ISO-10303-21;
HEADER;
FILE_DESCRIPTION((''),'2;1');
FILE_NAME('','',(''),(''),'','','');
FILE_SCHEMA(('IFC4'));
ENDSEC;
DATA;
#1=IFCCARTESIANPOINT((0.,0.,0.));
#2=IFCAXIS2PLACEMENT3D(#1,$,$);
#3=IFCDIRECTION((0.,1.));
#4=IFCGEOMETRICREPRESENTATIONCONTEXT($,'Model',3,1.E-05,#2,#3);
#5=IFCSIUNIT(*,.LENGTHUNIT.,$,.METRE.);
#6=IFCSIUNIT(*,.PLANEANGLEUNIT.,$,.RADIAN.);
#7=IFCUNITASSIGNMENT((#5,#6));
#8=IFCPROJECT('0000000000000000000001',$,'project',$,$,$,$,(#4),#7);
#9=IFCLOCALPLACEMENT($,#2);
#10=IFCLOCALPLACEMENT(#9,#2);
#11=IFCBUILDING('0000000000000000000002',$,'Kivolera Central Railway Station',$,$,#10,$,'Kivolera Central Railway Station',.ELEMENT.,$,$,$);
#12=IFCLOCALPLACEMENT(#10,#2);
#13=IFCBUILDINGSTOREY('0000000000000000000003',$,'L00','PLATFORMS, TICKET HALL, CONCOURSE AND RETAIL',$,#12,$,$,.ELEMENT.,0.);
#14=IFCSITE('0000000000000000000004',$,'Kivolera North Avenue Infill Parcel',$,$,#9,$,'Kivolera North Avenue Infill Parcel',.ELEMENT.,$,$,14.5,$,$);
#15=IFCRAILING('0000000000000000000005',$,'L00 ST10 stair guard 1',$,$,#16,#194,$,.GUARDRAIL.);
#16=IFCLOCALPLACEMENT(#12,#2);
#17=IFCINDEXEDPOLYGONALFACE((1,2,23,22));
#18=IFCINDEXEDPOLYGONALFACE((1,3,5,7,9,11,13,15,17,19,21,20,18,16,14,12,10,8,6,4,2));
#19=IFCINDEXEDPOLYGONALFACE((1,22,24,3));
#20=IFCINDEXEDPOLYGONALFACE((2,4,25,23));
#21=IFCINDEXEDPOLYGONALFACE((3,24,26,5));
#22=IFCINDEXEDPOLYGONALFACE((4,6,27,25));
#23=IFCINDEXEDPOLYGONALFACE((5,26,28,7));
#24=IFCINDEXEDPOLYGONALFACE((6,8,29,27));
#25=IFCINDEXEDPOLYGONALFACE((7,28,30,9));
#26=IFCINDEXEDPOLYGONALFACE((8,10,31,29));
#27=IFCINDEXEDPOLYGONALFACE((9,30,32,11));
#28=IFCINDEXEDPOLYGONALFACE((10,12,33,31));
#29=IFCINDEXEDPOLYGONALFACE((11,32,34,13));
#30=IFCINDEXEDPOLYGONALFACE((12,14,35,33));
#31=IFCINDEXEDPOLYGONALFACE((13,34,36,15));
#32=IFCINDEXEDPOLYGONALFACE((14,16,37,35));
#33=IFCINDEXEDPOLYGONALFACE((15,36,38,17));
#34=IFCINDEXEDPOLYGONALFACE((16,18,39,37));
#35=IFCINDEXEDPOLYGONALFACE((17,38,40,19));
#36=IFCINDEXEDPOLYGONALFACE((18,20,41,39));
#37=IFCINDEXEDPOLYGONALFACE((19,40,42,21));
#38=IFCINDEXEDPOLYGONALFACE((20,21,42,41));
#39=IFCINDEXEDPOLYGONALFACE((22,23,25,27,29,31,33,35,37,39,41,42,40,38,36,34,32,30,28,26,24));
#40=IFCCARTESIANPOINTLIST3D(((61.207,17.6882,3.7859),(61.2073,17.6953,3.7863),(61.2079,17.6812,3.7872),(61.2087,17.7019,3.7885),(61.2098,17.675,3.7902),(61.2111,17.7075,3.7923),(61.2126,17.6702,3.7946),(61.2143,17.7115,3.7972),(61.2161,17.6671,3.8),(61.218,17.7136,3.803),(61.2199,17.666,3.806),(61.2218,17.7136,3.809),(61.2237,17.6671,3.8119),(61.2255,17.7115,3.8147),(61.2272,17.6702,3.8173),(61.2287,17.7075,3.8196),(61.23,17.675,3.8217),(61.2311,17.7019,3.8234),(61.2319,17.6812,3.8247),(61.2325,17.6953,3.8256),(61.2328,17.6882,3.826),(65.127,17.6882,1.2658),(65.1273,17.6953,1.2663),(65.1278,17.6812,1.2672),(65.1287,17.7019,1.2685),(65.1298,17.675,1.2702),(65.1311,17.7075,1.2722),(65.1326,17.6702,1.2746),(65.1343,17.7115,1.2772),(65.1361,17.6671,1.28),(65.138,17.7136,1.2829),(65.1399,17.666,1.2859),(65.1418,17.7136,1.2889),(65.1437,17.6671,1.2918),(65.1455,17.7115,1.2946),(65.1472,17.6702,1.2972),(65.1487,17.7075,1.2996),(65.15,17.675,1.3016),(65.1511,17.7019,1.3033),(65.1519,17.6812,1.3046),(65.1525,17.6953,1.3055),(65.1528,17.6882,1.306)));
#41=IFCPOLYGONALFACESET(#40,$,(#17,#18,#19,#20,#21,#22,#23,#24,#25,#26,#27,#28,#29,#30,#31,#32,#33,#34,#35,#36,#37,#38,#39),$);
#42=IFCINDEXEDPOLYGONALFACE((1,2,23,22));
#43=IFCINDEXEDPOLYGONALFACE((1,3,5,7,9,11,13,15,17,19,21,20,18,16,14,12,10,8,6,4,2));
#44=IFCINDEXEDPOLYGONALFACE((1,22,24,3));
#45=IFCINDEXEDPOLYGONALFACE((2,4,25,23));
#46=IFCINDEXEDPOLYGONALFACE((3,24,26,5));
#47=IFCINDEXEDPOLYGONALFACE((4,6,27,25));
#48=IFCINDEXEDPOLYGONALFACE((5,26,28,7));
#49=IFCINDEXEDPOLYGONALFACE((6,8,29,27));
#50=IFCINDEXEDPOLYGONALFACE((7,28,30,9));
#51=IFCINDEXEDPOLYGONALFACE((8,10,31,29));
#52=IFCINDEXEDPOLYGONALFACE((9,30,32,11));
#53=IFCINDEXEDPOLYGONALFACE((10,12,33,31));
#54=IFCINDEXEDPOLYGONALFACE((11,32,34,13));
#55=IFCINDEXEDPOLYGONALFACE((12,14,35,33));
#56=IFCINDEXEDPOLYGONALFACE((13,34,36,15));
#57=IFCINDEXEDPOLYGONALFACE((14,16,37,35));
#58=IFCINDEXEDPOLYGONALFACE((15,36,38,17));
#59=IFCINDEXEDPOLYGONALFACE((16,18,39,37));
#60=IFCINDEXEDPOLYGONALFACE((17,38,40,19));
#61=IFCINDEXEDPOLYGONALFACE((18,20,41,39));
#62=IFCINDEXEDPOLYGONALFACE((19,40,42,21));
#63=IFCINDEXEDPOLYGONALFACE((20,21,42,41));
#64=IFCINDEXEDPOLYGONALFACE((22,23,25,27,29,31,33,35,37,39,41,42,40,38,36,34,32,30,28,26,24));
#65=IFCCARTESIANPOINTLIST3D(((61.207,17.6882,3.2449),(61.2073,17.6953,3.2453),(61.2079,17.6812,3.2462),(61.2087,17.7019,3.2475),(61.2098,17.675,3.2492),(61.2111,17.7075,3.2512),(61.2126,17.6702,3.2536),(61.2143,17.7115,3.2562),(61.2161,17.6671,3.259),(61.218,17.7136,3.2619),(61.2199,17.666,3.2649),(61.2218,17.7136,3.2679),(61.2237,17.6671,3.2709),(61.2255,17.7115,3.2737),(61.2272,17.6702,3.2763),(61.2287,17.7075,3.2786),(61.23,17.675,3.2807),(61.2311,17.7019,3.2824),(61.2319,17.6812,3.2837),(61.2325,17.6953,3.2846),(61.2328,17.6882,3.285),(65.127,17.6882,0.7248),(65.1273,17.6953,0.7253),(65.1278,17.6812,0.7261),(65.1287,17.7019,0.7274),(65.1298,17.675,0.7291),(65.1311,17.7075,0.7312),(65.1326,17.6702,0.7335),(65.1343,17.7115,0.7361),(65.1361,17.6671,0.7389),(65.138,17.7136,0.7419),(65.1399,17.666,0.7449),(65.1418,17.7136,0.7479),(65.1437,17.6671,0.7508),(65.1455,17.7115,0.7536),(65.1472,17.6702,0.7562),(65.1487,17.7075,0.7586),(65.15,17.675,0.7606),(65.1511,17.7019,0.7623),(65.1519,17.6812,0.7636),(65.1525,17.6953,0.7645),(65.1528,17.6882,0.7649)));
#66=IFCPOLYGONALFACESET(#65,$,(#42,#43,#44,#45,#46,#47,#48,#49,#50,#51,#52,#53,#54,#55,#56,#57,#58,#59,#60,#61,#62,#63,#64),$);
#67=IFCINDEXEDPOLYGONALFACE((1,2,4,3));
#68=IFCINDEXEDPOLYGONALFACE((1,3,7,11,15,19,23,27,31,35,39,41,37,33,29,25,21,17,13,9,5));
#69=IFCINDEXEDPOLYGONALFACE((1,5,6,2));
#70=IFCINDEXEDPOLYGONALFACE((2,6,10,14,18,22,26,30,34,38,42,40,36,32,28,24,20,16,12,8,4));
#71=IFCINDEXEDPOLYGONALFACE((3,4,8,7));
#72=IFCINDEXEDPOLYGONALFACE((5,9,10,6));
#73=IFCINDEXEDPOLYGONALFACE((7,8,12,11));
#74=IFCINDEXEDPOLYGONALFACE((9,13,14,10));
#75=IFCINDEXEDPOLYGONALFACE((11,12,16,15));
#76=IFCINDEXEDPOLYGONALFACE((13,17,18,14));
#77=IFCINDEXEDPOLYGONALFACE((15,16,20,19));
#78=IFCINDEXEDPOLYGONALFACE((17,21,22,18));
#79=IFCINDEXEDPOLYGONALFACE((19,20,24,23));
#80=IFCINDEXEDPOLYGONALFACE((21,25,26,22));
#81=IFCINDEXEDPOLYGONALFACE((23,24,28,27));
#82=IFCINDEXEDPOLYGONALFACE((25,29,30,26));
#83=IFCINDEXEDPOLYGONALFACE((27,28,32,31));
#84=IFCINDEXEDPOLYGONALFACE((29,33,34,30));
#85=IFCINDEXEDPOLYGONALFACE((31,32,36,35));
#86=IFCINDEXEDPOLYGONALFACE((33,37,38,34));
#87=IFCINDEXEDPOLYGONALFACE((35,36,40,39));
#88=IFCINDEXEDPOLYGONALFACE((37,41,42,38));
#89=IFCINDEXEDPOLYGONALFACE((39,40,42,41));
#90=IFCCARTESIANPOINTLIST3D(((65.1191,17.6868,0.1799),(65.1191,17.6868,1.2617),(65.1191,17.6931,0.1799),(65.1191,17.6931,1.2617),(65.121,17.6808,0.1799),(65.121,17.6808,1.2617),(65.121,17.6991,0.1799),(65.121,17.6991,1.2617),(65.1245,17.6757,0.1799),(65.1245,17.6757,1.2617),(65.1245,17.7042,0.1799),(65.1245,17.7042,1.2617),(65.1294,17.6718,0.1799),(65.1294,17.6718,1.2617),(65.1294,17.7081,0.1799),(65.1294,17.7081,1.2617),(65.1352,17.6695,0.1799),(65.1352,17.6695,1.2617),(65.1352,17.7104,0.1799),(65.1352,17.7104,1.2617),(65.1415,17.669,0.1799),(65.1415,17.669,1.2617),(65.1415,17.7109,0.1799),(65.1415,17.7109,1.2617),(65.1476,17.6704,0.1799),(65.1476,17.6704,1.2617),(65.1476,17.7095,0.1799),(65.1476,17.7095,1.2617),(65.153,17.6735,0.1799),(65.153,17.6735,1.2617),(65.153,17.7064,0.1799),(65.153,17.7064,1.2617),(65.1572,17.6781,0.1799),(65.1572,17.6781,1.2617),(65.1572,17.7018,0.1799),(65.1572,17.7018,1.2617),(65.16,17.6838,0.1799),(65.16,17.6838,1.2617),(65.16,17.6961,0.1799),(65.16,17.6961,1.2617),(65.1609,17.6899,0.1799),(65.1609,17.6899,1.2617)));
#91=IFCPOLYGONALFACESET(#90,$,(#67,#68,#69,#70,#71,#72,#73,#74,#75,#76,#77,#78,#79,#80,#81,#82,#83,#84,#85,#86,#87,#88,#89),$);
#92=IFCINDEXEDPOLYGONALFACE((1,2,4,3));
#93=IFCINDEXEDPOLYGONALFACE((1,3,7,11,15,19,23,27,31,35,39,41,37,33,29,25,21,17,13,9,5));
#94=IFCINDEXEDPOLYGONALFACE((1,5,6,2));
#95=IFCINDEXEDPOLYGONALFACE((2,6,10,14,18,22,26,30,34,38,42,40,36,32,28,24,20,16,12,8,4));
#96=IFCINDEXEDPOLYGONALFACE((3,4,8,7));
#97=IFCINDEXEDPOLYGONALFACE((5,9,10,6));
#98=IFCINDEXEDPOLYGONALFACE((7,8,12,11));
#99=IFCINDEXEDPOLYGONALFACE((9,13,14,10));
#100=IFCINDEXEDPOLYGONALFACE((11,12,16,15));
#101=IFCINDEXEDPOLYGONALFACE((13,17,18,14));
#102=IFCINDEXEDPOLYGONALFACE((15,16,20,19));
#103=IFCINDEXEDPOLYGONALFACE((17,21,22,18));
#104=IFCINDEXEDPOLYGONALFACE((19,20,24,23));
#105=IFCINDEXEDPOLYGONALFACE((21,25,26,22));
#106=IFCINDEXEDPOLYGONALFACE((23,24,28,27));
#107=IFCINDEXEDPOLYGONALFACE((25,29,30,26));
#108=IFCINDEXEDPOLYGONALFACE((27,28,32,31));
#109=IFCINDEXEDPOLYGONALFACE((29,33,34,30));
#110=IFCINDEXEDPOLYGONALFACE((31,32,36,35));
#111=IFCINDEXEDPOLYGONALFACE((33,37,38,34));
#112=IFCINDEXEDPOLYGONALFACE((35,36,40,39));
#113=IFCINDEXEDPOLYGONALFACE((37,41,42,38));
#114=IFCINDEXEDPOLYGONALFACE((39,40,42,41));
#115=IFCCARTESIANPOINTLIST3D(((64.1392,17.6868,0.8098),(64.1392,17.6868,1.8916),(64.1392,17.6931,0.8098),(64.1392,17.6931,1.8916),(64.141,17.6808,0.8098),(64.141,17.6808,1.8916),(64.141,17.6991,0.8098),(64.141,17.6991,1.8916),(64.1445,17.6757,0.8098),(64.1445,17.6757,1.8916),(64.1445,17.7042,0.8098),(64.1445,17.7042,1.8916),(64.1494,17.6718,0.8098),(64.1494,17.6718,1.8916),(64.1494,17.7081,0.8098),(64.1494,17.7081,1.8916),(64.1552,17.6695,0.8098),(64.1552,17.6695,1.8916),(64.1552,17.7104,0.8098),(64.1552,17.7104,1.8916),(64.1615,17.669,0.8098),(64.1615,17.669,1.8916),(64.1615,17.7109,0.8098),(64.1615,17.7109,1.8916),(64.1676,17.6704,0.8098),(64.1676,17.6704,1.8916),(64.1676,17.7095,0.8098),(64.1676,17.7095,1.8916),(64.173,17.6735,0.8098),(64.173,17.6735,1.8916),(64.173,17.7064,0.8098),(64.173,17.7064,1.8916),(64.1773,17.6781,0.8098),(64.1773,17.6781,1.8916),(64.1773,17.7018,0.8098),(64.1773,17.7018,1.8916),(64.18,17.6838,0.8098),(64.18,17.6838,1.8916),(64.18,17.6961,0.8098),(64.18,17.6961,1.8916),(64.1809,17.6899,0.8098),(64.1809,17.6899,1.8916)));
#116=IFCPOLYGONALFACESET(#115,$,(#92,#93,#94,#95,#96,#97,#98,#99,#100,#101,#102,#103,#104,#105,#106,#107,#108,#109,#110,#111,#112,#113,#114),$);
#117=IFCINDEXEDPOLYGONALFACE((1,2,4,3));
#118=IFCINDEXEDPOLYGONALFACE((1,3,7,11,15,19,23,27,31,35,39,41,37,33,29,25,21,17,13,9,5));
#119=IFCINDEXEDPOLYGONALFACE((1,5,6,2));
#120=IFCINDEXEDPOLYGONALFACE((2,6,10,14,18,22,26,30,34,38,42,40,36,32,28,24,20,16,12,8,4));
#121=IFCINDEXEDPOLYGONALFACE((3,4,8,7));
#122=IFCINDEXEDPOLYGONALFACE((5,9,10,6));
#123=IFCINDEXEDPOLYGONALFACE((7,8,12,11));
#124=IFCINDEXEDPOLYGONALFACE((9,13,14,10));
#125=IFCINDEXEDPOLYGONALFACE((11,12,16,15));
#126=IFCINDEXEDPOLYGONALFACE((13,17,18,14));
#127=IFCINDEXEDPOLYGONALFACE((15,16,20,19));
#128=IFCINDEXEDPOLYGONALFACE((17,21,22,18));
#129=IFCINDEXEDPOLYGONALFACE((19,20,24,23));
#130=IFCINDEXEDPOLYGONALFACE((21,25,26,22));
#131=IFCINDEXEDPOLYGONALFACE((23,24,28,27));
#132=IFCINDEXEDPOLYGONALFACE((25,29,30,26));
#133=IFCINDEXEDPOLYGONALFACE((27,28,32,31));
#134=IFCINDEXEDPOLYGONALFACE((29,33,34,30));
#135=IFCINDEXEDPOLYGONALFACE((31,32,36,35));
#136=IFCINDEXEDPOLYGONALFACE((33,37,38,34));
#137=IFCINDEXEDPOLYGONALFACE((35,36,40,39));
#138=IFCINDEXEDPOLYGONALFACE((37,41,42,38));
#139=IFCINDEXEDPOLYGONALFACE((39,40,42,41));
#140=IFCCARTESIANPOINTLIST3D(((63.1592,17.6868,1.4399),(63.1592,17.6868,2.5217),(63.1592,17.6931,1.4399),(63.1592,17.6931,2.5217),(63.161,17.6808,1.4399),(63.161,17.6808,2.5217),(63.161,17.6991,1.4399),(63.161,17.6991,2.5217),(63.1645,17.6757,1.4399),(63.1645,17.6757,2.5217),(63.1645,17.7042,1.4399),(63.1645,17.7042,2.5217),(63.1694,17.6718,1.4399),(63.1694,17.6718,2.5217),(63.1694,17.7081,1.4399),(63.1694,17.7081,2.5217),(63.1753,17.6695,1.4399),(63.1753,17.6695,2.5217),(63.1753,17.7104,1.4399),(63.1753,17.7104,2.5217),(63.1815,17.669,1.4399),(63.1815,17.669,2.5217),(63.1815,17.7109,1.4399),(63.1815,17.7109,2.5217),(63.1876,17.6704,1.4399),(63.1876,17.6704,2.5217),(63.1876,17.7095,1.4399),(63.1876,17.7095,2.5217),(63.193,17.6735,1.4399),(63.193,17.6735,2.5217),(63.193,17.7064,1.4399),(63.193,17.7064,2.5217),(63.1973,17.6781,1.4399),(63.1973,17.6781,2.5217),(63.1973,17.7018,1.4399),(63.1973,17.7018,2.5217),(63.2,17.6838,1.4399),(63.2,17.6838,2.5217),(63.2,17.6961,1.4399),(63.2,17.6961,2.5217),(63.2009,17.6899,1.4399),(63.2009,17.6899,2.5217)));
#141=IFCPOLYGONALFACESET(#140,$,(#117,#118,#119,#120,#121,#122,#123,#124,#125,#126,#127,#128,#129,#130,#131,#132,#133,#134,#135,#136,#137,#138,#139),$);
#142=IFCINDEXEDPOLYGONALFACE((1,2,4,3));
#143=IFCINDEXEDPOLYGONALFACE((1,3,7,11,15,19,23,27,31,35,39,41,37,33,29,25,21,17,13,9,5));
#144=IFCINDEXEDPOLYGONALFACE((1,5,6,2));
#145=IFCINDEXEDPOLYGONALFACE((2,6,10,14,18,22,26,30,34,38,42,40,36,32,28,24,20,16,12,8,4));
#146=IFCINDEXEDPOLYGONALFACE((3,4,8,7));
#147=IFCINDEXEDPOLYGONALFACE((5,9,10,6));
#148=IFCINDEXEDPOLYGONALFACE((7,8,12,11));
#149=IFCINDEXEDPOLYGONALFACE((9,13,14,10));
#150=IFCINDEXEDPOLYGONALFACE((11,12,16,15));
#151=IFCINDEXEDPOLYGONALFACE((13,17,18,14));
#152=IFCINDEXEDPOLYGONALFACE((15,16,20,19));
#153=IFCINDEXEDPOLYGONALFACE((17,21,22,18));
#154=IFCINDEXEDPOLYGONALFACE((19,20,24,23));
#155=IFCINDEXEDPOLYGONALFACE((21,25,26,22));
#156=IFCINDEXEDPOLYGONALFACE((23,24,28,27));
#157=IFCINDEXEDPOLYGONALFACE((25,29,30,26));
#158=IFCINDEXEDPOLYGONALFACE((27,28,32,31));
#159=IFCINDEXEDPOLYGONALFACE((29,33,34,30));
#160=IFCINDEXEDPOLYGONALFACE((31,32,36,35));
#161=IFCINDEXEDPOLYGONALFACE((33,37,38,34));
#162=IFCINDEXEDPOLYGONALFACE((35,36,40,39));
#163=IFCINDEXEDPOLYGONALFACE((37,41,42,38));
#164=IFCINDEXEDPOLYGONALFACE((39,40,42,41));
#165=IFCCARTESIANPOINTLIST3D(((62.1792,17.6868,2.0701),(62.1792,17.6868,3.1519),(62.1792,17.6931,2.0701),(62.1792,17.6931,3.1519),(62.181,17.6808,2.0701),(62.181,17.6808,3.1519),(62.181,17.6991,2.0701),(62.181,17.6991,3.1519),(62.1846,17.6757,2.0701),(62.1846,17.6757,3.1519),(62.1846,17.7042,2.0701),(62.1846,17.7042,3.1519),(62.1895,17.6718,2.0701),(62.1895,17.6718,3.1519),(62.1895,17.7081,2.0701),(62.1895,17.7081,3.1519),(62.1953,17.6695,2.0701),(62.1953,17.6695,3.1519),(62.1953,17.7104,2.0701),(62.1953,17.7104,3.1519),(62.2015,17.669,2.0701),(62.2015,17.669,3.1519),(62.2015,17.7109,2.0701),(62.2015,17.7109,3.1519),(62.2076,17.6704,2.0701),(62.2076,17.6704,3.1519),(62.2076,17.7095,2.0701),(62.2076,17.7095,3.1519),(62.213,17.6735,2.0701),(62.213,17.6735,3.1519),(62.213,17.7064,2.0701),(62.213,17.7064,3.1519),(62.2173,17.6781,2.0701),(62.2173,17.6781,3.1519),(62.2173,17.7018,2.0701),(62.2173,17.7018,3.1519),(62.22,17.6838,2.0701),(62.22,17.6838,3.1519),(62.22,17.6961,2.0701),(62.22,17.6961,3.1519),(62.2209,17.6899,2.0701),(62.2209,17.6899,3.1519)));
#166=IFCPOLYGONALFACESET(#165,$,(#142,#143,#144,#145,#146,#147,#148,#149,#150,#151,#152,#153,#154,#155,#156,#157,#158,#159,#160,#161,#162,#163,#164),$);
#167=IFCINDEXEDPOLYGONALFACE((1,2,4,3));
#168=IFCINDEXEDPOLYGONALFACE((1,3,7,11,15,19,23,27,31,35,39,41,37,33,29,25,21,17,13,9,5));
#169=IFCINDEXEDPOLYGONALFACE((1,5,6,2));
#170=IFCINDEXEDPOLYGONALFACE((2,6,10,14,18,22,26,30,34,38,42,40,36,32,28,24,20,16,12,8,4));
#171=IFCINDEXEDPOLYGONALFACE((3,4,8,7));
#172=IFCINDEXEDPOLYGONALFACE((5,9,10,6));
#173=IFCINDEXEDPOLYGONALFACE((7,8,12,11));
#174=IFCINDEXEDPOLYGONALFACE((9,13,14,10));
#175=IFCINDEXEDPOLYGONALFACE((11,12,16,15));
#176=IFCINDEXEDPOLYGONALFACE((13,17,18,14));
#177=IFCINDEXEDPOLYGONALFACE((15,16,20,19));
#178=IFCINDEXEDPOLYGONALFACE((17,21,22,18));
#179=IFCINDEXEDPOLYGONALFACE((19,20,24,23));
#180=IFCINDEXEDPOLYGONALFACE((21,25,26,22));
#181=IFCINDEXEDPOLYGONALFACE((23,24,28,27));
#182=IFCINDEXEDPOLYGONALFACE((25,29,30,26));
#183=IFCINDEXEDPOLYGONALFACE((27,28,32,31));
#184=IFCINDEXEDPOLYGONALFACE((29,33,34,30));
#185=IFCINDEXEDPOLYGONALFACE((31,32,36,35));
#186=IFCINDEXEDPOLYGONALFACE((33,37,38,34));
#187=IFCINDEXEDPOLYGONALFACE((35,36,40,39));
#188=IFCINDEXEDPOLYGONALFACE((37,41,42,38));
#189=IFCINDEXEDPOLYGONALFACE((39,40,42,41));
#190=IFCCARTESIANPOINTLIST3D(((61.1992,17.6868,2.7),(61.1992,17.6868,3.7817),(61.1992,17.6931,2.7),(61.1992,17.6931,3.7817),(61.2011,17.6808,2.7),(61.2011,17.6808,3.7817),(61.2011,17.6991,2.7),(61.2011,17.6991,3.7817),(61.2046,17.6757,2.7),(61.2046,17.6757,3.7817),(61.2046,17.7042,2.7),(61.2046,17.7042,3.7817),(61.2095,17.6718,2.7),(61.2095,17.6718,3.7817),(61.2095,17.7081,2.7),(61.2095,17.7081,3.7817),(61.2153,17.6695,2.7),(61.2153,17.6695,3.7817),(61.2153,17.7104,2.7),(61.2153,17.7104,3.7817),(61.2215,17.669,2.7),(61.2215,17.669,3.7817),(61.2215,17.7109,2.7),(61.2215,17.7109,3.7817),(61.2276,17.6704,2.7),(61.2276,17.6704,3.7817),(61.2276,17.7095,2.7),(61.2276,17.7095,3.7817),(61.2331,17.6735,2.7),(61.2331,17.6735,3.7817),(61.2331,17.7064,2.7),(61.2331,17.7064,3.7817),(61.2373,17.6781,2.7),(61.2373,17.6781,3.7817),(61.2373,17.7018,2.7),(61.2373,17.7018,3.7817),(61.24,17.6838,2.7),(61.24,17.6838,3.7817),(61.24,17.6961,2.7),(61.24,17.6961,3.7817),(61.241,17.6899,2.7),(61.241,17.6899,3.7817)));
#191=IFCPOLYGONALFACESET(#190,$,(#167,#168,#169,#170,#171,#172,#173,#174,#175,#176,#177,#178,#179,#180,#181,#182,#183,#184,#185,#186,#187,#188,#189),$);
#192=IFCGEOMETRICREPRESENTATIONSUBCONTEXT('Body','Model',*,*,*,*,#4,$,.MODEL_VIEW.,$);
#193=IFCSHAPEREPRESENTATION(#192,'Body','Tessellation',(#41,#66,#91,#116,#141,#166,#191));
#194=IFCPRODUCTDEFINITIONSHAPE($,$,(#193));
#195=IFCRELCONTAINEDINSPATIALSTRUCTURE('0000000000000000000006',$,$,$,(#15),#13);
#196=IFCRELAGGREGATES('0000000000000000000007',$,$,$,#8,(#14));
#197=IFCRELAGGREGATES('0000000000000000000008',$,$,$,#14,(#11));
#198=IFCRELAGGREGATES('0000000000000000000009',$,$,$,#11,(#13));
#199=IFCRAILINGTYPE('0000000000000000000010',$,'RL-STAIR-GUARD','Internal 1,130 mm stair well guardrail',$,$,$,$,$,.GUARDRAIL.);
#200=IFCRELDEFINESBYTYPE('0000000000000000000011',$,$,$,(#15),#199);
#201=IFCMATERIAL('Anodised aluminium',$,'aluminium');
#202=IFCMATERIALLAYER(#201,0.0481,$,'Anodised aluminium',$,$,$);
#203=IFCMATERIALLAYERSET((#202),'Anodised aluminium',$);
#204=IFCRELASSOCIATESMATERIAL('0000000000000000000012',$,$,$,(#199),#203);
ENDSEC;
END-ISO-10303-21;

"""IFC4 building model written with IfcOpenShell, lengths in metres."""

from ifc_helpers import new_model, si_unit, direction, frame, origin, origin_2d, place, context, subcontext, project, spatial, circle, extrude, material, layer, layer_set, type_object, element, save


model = new_model("IFC4")

# Units and contexts
model_context = context("Model", 3, precision=1e-05, world=origin(), true_north=direction((0.0, 1.0)))
body_context = subcontext(model_context, "Body", "Model", "MODEL_VIEW")
ifc_project = project(units=[si_unit("LENGTHUNIT", "METRE"), si_unit("PLANEANGLEUNIT", "RADIAN")], contexts=[model_context])

# Site, building, storey
site_placement = place(None, origin())
site = spatial("IfcSite", under=ifc_project, at=site_placement, Name="Kivolera North Avenue Infill Parcel", LongName="Kivolera North Avenue Infill Parcel", CompositionType="ELEMENT", RefElevation=14.5)
building_placement = place(site_placement, origin())
building = spatial("IfcBuilding", under=site, at=building_placement, Name="Kivolera Central Railway Station", LongName="Kivolera Central Railway Station", CompositionType="ELEMENT")
storey_placement = place(building_placement, origin())
storey = spatial("IfcBuildingStorey", under=building, at=storey_placement, Name="L00", Description="PLATFORMS, TICKET HALL, CONCOURSE AND RETAIL", CompositionType="ELEMENT", Elevation=0.0)

# Shared definitions
ifc_material_1 = material(Name="Anodised aluminium", Category="aluminium")

# Railing
ifc_layer_1 = layer(ifc_material_1, 0.0481, Name="Anodised aluminium")
ifc_layer_set_1 = layer_set([ifc_layer_1], Name="Anodised aluminium")
railing_type_1 = type_object("IfcRailingType", Name="RL-STAIR-GUARD", Description="Internal 1,130 mm stair well guardrail", PredefinedType="GUARDRAIL", material=ifc_layer_set_1)
railing_1_placement = place(storey_placement, frame((65.1399, 17.6899, 0.1799)))
element("IfcRailing", 1, at=railing_1_placement, inside=storey, type_object=railing_type_1, Name="L00 ST10 stair guard 1", PredefinedType="GUARDRAIL", context=body_context, shape_type="SweptSolid", body=[
    extrude(circle(Radius=0.0239, at=origin_2d()), frame((0.0, 0.0, 1.106), z_axis=(-0.841172, 0.0, 0.540768), x_axis=(0.0, -1.0, 0.0)), (0.0, 0.0, 1.0), 4.6602),
    extrude(circle(Radius=0.0239, at=origin_2d()), frame((0.0, 0.0, 0.5649), z_axis=(-0.841172, 0.0, 0.540768), x_axis=(0.0, -1.0, 0.0)), (0.0, 0.0, 1.0), 4.6602),
    extrude(circle(Radius=0.021, at=origin_2d()), origin(), (0.0, 0.0, 1.0), 1.0818),
    extrude(circle(Radius=0.021, at=origin_2d()), frame((-0.98, 0.0, 0.6299)), (0.0, 0.0, 1.0), 1.0818),
    extrude(circle(Radius=0.021, at=origin_2d()), frame((-1.96, 0.0, 1.26)), (0.0, 0.0, 1.0), 1.0818),
    extrude(circle(Radius=0.021, at=origin_2d()), frame((-2.9399, 0.0, 1.8901)), (0.0, 0.0, 1.0), 1.0818),
    extrude(circle(Radius=0.021, at=origin_2d()), frame((-3.9199, 0.0, 2.52)), (0.0, 0.0, 1.0), 1.0818),
])

save(model, "model.ifc")
